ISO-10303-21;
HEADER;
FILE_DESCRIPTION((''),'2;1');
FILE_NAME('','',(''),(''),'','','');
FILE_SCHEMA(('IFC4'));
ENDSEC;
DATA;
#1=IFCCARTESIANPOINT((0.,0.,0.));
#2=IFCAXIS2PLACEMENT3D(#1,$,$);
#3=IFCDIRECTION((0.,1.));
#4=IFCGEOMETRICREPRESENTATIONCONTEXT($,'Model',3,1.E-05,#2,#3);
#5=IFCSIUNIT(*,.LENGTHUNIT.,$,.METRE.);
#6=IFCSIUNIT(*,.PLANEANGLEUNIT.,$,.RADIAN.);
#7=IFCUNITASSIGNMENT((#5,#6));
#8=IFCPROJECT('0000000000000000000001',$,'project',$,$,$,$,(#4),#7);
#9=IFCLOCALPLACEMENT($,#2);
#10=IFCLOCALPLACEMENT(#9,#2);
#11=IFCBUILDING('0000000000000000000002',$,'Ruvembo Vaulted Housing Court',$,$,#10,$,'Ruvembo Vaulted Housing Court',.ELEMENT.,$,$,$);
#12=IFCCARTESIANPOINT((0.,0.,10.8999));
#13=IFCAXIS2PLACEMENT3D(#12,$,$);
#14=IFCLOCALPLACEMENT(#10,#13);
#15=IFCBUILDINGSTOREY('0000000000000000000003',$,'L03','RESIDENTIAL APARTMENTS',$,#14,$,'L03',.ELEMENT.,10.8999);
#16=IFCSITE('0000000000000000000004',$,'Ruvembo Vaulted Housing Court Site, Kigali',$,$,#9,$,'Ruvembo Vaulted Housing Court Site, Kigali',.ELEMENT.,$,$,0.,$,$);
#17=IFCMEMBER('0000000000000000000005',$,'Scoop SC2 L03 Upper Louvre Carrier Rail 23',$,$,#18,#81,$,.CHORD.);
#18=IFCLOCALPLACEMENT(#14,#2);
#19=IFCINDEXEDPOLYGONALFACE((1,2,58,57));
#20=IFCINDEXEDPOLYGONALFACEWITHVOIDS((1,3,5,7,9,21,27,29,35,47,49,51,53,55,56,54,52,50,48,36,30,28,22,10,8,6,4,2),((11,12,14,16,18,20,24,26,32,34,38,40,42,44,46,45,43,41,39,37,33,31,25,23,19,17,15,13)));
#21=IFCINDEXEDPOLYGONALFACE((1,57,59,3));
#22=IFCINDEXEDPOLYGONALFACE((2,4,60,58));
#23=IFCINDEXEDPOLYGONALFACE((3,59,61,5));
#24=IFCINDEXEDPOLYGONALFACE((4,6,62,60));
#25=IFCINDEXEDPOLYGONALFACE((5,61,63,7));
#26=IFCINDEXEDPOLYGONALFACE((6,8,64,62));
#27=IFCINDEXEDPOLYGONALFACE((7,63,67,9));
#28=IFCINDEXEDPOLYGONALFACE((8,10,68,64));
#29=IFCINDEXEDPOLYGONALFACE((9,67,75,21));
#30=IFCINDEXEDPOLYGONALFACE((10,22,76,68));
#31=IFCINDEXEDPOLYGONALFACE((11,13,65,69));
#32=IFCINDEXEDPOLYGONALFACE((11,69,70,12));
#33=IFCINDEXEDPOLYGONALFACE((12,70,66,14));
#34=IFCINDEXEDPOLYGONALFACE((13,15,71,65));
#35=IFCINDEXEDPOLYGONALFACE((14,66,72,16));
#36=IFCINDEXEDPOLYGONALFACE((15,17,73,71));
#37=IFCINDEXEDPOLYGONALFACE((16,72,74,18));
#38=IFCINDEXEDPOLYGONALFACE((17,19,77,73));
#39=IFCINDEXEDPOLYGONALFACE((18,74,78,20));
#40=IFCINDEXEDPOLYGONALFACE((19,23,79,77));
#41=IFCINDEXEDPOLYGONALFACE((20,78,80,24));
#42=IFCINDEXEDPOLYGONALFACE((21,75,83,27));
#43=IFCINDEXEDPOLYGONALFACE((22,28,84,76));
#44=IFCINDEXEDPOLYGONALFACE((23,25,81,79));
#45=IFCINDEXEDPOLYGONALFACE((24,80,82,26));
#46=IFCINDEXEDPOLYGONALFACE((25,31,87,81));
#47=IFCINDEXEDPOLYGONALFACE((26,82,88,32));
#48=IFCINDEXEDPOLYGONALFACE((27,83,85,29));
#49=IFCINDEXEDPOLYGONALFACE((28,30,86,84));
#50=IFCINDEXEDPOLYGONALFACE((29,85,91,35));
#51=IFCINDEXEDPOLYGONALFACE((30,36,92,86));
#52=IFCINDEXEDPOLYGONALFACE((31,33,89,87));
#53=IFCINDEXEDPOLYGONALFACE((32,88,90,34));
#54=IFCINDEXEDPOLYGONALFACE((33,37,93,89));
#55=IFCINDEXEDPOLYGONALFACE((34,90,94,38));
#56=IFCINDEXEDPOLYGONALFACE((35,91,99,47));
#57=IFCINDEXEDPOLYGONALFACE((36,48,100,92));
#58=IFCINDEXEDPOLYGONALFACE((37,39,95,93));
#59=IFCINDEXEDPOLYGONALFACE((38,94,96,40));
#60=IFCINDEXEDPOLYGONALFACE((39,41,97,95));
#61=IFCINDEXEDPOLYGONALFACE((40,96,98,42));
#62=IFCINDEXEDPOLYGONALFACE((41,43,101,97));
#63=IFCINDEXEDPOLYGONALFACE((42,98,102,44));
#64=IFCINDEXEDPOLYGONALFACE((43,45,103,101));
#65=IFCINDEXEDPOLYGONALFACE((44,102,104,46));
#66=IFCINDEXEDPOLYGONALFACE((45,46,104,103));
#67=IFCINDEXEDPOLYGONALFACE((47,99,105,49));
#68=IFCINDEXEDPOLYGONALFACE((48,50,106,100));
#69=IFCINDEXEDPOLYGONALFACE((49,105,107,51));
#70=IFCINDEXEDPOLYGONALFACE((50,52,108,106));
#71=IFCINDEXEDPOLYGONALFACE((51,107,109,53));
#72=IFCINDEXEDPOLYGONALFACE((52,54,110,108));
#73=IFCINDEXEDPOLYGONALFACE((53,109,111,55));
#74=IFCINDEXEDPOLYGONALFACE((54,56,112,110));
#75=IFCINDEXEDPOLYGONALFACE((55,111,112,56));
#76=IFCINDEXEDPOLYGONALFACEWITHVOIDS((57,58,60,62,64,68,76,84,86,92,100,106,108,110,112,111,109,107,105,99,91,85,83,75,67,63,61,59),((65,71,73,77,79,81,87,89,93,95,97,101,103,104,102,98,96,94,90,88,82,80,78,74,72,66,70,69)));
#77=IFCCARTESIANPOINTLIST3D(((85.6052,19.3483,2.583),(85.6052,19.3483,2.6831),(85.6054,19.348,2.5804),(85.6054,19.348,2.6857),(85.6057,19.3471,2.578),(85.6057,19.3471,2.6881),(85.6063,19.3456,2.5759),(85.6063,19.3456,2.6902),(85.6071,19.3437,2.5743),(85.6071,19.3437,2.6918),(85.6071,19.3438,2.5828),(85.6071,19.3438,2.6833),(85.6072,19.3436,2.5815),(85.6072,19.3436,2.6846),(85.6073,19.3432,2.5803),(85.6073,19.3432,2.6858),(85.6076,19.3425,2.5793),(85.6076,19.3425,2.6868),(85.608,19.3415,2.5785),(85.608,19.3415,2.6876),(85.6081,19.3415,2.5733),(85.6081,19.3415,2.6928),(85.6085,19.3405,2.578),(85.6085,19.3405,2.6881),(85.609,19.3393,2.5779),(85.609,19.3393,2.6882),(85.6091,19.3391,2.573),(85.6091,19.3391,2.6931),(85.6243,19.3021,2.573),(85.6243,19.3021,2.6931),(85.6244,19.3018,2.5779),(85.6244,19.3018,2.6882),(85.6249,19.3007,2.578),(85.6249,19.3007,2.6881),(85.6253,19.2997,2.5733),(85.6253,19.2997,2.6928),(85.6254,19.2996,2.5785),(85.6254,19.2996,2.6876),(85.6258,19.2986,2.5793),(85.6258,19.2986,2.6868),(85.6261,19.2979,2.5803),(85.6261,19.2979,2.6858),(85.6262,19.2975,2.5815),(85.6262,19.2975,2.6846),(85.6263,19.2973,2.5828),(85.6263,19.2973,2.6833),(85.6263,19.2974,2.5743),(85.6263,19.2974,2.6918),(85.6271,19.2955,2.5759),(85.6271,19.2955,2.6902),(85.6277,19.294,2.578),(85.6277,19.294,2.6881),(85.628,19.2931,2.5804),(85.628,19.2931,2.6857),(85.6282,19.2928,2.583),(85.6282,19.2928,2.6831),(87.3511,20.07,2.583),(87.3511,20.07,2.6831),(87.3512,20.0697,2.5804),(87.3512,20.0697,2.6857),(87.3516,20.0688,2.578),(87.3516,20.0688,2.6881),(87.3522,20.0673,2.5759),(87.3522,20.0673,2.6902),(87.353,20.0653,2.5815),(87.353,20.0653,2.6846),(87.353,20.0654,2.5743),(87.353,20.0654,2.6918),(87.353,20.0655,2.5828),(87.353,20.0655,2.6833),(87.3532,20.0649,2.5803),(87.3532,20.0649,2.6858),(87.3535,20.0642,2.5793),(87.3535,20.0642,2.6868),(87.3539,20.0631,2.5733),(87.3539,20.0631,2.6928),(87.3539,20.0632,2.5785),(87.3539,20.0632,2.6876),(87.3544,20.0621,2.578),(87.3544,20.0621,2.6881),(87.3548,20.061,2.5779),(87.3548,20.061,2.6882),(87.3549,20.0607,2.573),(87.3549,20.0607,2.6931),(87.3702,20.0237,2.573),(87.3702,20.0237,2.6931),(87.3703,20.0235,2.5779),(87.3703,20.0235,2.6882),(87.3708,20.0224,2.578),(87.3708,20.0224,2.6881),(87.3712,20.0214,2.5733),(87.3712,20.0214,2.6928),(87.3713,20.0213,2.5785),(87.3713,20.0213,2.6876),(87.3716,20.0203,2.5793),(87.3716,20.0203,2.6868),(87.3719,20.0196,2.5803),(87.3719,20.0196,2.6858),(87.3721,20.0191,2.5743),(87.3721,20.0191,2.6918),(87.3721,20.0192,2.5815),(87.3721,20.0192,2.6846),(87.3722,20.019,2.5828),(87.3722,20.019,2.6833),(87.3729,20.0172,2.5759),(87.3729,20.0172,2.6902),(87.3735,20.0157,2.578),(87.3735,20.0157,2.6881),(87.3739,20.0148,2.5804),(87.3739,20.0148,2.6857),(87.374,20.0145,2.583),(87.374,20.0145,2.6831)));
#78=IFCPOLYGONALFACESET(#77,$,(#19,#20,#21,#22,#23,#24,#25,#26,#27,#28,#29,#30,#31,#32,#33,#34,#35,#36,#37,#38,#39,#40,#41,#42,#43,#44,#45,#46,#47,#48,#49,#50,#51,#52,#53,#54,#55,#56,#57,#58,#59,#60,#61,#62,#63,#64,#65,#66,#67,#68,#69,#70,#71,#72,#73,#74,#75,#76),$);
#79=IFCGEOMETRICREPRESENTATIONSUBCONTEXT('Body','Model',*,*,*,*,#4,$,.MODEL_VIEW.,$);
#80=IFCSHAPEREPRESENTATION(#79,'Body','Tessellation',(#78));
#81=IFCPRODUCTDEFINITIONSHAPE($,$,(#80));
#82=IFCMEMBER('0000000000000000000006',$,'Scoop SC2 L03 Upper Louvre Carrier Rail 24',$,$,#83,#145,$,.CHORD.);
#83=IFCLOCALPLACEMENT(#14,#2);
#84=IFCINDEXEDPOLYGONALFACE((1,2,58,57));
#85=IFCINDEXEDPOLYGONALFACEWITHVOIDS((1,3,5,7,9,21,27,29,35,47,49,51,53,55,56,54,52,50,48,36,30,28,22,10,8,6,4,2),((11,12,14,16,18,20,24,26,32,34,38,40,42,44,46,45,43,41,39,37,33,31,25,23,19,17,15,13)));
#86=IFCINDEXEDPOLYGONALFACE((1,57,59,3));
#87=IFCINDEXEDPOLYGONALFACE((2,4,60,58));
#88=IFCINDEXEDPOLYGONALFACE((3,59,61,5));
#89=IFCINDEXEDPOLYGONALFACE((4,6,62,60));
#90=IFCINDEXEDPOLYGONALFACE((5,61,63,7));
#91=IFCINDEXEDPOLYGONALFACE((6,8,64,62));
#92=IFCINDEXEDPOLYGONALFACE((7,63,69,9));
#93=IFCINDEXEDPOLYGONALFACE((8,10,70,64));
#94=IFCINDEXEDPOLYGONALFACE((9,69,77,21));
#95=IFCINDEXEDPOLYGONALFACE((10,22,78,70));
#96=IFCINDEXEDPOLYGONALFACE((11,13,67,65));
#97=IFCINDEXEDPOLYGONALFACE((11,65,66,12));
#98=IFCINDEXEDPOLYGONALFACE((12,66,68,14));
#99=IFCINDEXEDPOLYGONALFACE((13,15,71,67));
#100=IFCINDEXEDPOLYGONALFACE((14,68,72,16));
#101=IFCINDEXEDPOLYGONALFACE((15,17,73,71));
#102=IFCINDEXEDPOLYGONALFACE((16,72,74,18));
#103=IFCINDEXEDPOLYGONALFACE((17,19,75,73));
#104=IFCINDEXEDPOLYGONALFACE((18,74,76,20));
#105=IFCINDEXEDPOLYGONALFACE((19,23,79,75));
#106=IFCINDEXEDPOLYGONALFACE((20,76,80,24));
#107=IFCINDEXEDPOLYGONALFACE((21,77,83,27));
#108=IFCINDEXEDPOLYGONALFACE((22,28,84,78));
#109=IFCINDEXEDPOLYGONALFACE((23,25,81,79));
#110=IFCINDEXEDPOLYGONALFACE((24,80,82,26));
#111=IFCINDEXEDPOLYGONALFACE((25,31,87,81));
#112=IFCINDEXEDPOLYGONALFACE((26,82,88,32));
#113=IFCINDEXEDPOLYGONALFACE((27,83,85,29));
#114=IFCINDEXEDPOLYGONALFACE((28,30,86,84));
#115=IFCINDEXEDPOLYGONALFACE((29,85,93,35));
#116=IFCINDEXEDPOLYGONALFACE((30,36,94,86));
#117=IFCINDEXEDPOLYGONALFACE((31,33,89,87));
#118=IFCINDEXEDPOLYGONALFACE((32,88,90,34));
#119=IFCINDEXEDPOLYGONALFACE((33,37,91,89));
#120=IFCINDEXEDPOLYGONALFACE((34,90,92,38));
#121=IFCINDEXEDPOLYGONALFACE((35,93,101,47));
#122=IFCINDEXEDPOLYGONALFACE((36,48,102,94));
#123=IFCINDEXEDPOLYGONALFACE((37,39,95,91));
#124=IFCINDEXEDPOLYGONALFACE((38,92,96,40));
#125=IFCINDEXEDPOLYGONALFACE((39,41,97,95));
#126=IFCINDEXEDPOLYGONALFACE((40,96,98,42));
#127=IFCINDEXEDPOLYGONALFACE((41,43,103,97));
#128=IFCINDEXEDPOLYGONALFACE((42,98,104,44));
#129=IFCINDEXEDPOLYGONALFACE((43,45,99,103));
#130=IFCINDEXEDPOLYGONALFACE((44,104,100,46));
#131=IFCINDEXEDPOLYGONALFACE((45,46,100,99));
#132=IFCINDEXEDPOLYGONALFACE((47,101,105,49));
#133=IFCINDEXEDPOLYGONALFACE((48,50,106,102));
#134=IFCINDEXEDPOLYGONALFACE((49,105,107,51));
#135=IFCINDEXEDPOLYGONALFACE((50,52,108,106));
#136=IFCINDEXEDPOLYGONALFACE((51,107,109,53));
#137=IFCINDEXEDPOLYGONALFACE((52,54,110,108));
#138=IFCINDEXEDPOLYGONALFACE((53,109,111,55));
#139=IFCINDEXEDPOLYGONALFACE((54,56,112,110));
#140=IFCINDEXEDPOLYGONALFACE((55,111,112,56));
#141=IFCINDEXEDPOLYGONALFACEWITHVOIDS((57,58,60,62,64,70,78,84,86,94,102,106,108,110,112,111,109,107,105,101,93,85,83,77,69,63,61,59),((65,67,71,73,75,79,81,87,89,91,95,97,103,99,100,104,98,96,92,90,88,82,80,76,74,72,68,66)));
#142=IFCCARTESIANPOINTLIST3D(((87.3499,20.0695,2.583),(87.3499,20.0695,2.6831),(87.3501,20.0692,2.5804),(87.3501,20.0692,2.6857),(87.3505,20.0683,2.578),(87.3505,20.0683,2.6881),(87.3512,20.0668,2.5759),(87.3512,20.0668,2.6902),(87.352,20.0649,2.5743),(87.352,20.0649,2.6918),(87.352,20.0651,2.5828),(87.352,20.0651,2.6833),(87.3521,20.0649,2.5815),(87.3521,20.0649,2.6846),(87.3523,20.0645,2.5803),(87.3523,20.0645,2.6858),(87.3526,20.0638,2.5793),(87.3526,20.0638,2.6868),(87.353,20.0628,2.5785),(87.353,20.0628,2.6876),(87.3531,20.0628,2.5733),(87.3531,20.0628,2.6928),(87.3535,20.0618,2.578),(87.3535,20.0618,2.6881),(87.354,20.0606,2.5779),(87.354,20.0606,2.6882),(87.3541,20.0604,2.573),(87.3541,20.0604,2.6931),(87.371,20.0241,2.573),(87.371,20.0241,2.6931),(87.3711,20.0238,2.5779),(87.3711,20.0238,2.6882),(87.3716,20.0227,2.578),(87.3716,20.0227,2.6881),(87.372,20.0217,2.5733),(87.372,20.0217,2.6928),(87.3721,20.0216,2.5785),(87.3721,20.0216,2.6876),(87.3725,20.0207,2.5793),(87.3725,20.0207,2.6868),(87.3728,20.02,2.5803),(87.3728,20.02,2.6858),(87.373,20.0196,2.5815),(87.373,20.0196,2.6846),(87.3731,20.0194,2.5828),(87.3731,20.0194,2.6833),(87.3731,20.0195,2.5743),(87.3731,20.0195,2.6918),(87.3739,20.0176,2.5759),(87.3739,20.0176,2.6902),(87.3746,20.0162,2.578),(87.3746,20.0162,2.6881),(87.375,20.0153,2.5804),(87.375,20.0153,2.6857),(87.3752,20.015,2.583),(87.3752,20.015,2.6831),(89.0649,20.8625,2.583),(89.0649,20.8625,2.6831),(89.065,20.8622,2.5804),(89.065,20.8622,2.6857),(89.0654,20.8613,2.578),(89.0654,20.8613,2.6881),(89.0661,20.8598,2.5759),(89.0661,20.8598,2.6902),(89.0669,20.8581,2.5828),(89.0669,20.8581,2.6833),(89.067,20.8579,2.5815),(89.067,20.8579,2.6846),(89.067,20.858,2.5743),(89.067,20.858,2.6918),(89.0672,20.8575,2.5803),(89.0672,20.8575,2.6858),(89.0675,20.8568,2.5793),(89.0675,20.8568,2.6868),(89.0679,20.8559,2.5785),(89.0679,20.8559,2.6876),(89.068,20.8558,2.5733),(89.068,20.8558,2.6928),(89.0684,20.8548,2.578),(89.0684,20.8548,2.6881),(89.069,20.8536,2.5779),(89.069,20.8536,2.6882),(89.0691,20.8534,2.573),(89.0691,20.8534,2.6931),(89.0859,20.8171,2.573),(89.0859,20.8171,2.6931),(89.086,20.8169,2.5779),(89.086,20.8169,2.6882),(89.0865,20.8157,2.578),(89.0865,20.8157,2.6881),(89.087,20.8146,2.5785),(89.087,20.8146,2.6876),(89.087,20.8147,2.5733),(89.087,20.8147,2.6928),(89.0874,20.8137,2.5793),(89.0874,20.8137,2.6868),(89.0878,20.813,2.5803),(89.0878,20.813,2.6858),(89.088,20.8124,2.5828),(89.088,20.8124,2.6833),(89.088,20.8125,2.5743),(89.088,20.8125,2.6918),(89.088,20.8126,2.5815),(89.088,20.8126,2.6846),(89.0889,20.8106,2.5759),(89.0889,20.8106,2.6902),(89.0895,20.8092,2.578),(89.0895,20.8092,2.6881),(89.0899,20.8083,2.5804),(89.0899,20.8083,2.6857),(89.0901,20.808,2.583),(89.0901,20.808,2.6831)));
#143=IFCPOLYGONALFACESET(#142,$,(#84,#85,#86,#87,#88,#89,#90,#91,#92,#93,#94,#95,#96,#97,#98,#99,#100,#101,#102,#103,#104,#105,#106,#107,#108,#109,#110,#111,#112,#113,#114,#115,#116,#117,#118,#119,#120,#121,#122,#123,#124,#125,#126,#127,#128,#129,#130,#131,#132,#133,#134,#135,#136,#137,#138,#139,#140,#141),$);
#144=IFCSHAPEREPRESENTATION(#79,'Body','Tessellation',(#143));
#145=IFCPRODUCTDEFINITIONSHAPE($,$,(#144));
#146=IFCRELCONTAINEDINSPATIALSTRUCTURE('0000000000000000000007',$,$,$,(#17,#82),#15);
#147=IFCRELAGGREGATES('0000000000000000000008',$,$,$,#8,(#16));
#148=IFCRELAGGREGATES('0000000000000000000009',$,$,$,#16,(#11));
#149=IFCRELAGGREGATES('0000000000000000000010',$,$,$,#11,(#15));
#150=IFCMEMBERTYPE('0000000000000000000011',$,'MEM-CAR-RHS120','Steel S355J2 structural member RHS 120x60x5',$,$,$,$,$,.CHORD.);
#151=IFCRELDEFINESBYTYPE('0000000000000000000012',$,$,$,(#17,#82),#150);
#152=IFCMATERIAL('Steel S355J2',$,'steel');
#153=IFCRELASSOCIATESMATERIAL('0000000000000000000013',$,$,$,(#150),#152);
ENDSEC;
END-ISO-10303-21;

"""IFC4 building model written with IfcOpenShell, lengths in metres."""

from ifc_helpers import new_model, si_unit, direction, frame, origin, origin_2d, place, context, subcontext, project, spatial, hollow_rectangle, extrude, material, material_profile, profile_set, type_object, element, save


model = new_model("IFC4")

# Units and contexts
model_context = context("Model", 3, precision=1e-05, world=origin(), true_north=direction((0.0, 1.0)))
body_context = subcontext(model_context, "Body", "Model", "MODEL_VIEW")
ifc_project = project(units=[si_unit("LENGTHUNIT", "METRE"), si_unit("PLANEANGLEUNIT", "RADIAN")], contexts=[model_context])

# Site, building, storey
site_placement = place(None, origin())
site = spatial("IfcSite", under=ifc_project, at=site_placement, Name="Ruvembo Vaulted Housing Court Site, Kigali", LongName="Ruvembo Vaulted Housing Court Site, Kigali", CompositionType="ELEMENT", RefElevation=0.0)
building_placement = place(site_placement, origin())
building = spatial("IfcBuilding", under=site, at=building_placement, Name="Ruvembo Vaulted Housing Court", LongName="Ruvembo Vaulted Housing Court", CompositionType="ELEMENT")
storey_placement = place(building_placement, frame((0.0, 0.0, 10.8999)))
storey = spatial("IfcBuildingStorey", under=building, at=storey_placement, Name="L03", Description="RESIDENTIAL APARTMENTS", LongName="L03", CompositionType="ELEMENT", Elevation=10.8999)

# Shared definitions
ifc_material_1 = material(Name="Steel S355J2", Category="steel")

# Members
ifc_material_profile_1 = material_profile(ifc_material_1, hollow_rectangle(XDim=0.0601, YDim=0.1201, WallThickness=0.0049, InnerFilletRadius=0.0049, OuterFilletRadius=0.01, at=origin_2d()), Name="RHS 120x60x5")
ifc_profile_set_1 = profile_set([ifc_material_profile_1], Name="Steel S355J2")
member_type_1 = type_object("IfcMemberType", Name="MEM-CAR-RHS120", Description="Steel S355J2 structural member RHS 120x60x5", PredefinedType="CHORD", material=ifc_profile_set_1)
member_1_placement = place(storey_placement, frame((85.6167, 19.3206, 2.6331), z_axis=(0.924155, 0.382017, 0.0), x_axis=(-0.382017, 0.924155, 0.0)))
element("IfcMember", 1, at=member_1_placement, inside=storey, type_object=member_type_1, Name="Scoop SC2 L03 Upper Louvre Carrier Rail 23", PredefinedType="CHORD", context=body_context, shape_type="SweptSolid", body=[
    extrude(hollow_rectangle(XDim=0.0601, YDim=0.1201, WallThickness=0.0049, InnerFilletRadius=0.0049, OuterFilletRadius=0.01, at=origin_2d()), origin(), (0.0, 0.0, 1.0), 1.8892),
])
member_2_placement = place(storey_placement, frame((87.3625, 20.0422, 2.6331), z_axis=(0.907657, 0.419714, 0.0), x_axis=(-0.419714, 0.907657, 0.0)))
element("IfcMember", 2, at=member_2_placement, inside=storey, type_object=member_type_1, Name="Scoop SC2 L03 Upper Louvre Carrier Rail 24", PredefinedType="CHORD", context=body_context, shape_type="SweptSolid", body=[
    extrude(hollow_rectangle(XDim=0.0601, YDim=0.1201, WallThickness=0.0049, InnerFilletRadius=0.0049, OuterFilletRadius=0.01, at=origin_2d()), origin(), (0.0, 0.0, 1.0), 1.8894),
])

save(model, "model.ifc")
